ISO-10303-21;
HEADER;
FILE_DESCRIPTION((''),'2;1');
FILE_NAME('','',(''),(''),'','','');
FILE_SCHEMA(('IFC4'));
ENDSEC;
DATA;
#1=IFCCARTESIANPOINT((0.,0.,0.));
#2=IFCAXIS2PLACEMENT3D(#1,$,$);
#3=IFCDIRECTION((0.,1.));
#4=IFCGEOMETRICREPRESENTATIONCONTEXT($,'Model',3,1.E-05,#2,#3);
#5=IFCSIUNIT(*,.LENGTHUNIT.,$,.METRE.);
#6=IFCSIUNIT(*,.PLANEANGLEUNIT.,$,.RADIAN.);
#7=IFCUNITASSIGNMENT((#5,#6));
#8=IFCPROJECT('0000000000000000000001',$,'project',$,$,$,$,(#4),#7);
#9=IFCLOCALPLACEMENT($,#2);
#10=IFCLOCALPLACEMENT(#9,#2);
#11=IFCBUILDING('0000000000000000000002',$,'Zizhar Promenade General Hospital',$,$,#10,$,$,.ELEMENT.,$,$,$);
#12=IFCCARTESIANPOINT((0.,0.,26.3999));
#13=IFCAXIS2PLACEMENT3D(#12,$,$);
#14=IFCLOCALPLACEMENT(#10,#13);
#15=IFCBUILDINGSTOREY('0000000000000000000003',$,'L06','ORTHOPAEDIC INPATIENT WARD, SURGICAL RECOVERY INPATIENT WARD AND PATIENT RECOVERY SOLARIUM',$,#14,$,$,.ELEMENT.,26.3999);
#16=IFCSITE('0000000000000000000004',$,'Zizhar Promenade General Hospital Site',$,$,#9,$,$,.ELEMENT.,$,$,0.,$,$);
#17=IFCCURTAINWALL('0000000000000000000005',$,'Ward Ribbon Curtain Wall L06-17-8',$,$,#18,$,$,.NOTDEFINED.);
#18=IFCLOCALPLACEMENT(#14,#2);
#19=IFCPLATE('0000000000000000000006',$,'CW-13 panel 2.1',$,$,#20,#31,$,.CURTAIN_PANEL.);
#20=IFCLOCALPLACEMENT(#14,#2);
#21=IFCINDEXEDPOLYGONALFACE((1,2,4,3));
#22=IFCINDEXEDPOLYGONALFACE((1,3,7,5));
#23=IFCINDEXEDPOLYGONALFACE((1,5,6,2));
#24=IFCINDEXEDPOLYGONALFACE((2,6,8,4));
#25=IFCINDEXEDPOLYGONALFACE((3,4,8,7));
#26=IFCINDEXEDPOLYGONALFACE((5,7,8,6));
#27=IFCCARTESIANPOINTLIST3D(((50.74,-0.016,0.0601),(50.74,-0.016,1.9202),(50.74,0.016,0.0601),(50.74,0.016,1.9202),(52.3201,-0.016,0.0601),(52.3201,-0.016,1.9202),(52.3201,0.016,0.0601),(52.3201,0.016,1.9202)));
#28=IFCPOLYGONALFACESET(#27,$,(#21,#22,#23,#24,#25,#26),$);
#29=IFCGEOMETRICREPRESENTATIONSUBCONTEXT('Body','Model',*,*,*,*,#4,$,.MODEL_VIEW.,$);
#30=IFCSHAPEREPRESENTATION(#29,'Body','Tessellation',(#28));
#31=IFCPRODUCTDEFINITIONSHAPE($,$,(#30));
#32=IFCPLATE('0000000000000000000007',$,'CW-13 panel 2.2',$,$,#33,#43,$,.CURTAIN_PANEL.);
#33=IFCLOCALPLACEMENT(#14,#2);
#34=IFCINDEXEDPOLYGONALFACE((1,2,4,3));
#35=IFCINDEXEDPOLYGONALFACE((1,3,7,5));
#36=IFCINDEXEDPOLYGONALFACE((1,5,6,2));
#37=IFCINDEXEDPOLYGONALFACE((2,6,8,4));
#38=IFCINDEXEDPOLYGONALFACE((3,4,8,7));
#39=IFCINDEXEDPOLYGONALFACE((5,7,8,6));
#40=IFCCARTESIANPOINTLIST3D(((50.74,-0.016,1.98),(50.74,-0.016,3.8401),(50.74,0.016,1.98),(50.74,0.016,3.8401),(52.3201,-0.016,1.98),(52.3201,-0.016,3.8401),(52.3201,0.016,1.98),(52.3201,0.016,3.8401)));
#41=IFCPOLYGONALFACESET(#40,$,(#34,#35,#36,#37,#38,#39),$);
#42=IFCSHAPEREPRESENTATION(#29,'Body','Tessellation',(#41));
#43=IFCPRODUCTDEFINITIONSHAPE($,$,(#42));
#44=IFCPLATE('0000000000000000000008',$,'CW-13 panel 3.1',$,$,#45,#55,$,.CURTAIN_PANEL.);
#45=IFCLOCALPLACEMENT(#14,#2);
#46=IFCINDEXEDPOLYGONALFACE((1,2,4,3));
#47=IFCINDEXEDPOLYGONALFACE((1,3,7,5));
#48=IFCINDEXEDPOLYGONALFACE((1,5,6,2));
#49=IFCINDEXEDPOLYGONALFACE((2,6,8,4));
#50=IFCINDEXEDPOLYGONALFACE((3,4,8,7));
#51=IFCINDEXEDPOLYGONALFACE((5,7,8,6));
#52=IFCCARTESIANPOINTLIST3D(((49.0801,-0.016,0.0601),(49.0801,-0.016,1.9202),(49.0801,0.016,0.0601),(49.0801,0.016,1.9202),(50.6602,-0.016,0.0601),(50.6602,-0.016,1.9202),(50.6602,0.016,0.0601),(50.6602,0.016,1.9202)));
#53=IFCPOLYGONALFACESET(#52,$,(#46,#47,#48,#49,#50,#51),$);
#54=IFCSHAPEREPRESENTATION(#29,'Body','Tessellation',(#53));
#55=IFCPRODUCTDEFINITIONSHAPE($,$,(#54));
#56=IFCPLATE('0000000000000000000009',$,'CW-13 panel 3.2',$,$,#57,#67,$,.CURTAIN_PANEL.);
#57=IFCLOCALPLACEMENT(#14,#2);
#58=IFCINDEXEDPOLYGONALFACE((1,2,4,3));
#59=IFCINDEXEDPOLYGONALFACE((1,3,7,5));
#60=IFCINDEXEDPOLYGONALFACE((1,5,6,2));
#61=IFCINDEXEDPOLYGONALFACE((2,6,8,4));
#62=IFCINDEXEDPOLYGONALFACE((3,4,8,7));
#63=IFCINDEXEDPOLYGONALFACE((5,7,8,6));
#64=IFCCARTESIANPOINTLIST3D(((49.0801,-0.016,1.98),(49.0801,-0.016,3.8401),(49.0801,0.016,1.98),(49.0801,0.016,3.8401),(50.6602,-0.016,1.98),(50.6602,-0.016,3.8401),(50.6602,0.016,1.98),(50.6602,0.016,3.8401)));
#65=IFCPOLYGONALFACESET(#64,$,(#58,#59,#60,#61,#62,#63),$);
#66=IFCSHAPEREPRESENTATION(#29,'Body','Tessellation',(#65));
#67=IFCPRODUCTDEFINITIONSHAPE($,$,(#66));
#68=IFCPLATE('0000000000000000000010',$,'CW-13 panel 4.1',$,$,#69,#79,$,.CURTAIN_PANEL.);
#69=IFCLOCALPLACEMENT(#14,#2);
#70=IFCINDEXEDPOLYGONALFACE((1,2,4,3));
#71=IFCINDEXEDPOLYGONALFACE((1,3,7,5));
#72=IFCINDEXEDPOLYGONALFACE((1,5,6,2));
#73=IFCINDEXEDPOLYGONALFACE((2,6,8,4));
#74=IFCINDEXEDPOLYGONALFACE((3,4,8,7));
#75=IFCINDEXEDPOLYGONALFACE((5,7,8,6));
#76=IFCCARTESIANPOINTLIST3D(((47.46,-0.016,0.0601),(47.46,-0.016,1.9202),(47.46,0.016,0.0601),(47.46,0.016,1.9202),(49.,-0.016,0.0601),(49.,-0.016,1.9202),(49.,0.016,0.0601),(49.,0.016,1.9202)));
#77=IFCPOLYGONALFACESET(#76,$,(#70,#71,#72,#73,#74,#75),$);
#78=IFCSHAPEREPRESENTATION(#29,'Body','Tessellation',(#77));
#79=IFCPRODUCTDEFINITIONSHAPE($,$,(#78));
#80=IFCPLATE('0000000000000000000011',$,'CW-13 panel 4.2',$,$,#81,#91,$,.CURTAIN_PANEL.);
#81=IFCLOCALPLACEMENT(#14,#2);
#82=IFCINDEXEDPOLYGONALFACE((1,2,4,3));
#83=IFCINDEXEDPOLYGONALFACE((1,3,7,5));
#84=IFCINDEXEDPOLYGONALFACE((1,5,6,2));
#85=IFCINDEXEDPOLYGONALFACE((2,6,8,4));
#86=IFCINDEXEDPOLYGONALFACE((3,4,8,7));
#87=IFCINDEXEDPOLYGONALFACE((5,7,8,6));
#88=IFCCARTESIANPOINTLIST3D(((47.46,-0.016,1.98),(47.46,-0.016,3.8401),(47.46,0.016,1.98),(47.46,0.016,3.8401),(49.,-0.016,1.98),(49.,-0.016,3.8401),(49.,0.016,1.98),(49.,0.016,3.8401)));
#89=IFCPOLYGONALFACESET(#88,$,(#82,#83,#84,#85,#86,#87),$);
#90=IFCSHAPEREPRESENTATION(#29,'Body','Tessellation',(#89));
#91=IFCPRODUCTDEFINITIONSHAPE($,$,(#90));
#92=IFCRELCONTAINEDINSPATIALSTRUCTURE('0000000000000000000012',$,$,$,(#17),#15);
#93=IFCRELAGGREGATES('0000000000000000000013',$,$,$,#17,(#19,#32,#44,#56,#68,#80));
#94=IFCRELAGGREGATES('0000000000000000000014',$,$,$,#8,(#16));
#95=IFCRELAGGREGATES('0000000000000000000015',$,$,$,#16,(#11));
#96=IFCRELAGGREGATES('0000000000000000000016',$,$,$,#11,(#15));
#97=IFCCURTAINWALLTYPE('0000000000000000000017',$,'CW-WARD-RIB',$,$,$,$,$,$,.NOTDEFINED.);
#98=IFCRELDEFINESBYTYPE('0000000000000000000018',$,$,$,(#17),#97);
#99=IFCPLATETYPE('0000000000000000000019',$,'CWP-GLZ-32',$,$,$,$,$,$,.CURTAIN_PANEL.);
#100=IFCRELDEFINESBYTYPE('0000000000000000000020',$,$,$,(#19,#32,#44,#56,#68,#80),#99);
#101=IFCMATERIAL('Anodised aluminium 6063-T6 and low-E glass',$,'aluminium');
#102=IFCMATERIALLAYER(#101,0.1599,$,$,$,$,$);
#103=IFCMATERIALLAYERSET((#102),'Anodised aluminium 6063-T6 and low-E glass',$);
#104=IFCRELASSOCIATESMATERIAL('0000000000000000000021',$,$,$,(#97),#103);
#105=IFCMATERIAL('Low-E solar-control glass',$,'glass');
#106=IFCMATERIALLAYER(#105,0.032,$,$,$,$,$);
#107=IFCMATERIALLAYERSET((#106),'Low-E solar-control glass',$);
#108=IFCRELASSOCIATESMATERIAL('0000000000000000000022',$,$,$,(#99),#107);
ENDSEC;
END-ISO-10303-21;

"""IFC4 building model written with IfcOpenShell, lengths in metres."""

from ifc_helpers import new_model, si_unit, direction, frame, origin, origin_2d, place, context, subcontext, project, spatial, rectangle, extrude, material, layer, layer_set, type_object, element, aggregate, save


model = new_model("IFC4")

# Units and contexts
model_context = context("Model", 3, precision=1e-05, world=origin(), true_north=direction((0.0, 1.0)))
body_context = subcontext(model_context, "Body", "Model", "MODEL_VIEW")
ifc_project = project(units=[si_unit("LENGTHUNIT", "METRE"), si_unit("PLANEANGLEUNIT", "RADIAN")], contexts=[model_context])

# Site, building, storey
site_placement = place(None, origin())
site = spatial("IfcSite", under=ifc_project, at=site_placement, Name="Zizhar Promenade General Hospital Site", CompositionType="ELEMENT", RefElevation=0.0)
building_placement = place(site_placement, origin())
building = spatial("IfcBuilding", under=site, at=building_placement, Name="Zizhar Promenade General Hospital", CompositionType="ELEMENT")
storey_placement = place(building_placement, frame((0.0, 0.0, 26.3999)))
storey = spatial("IfcBuildingStorey", under=building, at=storey_placement, Name="L06", Description="ORTHOPAEDIC INPATIENT WARD, SURGICAL RECOVERY INPATIENT WARD AND PATIENT RECOVERY SOLARIUM", CompositionType="ELEMENT", Elevation=26.3999)

# Curtain wall, plates
ifc_material_1 = material(Name="Anodised aluminium 6063-T6 and low-E glass", Category="aluminium")
ifc_layer_1 = layer(ifc_material_1, 0.1599)
ifc_layer_set_1 = layer_set([ifc_layer_1], Name="Anodised aluminium 6063-T6 and low-E glass")
curtain_wall_type = type_object("IfcCurtainWallType", Name="CW-WARD-RIB", PredefinedType="NOTDEFINED", material=ifc_layer_set_1)
curtain_wall_placement = place(storey_placement, origin())
curtain_wall = element("IfcCurtainWall", 1, at=curtain_wall_placement, inside=storey, type_object=curtain_wall_type, Name="Ward Ribbon Curtain Wall L06-17-8", PredefinedType="NOTDEFINED")
ifc_material_2 = material(Name="Low-E solar-control glass", Category="glass")
ifc_layer_2 = layer(ifc_material_2, 0.032)
ifc_layer_set_2 = layer_set([ifc_layer_2], Name="Low-E solar-control glass")
plate_type = type_object("IfcPlateType", Name="CWP-GLZ-32", PredefinedType="CURTAIN_PANEL", material=ifc_layer_set_2)
plate_1_placement = place(storey_placement, frame((51.53, 0.0, 0.0601), z_axis=(0.0, 0.0, 1.0), x_axis=(-1.0, 0.0, 0.0)))
plate_1 = element("IfcPlate", 2, at=plate_1_placement, type_object=plate_type, Name="CW-13 panel 2.1", PredefinedType="CURTAIN_PANEL", context=body_context, shape_type="SweptSolid", body=[
    extrude(rectangle(XDim=1.5801, YDim=0.032, at=origin_2d()), origin(), (0.0, 0.0, 1.0), 1.8601),
])
plate_2_placement = place(storey_placement, frame((51.53, 0.0, 1.98), z_axis=(0.0, 0.0, 1.0), x_axis=(-1.0, 0.0, 0.0)))
plate_2 = element("IfcPlate", 3, at=plate_2_placement, type_object=plate_type, Name="CW-13 panel 2.2", PredefinedType="CURTAIN_PANEL", context=body_context, shape_type="SweptSolid", body=[
    extrude(rectangle(XDim=1.5801, YDim=0.032, at=origin_2d()), origin(), (0.0, 0.0, 1.0), 1.8601),
])
plate_3_placement = place(storey_placement, frame((49.8701, 0.0, 0.0601), z_axis=(0.0, 0.0, 1.0), x_axis=(-1.0, 0.0, 0.0)))
plate_3 = element("IfcPlate", 4, at=plate_3_placement, type_object=plate_type, Name="CW-13 panel 3.1", PredefinedType="CURTAIN_PANEL", context=body_context, shape_type="SweptSolid", body=[
    extrude(rectangle(XDim=1.5801, YDim=0.032, at=origin_2d()), origin(), (0.0, 0.0, 1.0), 1.8601),
])
plate_4_placement = place(storey_placement, frame((49.8701, 0.0, 1.98), z_axis=(0.0, 0.0, 1.0), x_axis=(-1.0, 0.0, 0.0)))
plate_4 = element("IfcPlate", 5, at=plate_4_placement, type_object=plate_type, Name="CW-13 panel 3.2", PredefinedType="CURTAIN_PANEL", context=body_context, shape_type="SweptSolid", body=[
    extrude(rectangle(XDim=1.5801, YDim=0.032, at=origin_2d()), origin(), (0.0, 0.0, 1.0), 1.8601),
])
plate_5_placement = place(storey_placement, frame((48.23, 0.0, 0.0601), z_axis=(0.0, 0.0, 1.0), x_axis=(-1.0, 0.0, 0.0)))
plate_5 = element("IfcPlate", 6, at=plate_5_placement, type_object=plate_type, Name="CW-13 panel 4.1", PredefinedType="CURTAIN_PANEL", context=body_context, shape_type="SweptSolid", body=[
    extrude(rectangle(XDim=1.54, YDim=0.032, at=origin_2d()), origin(), (0.0, 0.0, 1.0), 1.8601),
])
plate_6_placement = place(storey_placement, frame((48.23, 0.0, 1.98), z_axis=(0.0, 0.0, 1.0), x_axis=(-1.0, 0.0, 0.0)))
plate_6 = element("IfcPlate", 7, at=plate_6_placement, type_object=plate_type, Name="CW-13 panel 4.2", PredefinedType="CURTAIN_PANEL", context=body_context, shape_type="SweptSolid", body=[
    extrude(rectangle(XDim=1.54, YDim=0.032, at=origin_2d()), origin(), (0.0, 0.0, 1.0), 1.8601),
])
aggregate(curtain_wall, [plate_1, plate_2, plate_3, plate_4, plate_5, plate_6])

save(model, "model.ifc")
